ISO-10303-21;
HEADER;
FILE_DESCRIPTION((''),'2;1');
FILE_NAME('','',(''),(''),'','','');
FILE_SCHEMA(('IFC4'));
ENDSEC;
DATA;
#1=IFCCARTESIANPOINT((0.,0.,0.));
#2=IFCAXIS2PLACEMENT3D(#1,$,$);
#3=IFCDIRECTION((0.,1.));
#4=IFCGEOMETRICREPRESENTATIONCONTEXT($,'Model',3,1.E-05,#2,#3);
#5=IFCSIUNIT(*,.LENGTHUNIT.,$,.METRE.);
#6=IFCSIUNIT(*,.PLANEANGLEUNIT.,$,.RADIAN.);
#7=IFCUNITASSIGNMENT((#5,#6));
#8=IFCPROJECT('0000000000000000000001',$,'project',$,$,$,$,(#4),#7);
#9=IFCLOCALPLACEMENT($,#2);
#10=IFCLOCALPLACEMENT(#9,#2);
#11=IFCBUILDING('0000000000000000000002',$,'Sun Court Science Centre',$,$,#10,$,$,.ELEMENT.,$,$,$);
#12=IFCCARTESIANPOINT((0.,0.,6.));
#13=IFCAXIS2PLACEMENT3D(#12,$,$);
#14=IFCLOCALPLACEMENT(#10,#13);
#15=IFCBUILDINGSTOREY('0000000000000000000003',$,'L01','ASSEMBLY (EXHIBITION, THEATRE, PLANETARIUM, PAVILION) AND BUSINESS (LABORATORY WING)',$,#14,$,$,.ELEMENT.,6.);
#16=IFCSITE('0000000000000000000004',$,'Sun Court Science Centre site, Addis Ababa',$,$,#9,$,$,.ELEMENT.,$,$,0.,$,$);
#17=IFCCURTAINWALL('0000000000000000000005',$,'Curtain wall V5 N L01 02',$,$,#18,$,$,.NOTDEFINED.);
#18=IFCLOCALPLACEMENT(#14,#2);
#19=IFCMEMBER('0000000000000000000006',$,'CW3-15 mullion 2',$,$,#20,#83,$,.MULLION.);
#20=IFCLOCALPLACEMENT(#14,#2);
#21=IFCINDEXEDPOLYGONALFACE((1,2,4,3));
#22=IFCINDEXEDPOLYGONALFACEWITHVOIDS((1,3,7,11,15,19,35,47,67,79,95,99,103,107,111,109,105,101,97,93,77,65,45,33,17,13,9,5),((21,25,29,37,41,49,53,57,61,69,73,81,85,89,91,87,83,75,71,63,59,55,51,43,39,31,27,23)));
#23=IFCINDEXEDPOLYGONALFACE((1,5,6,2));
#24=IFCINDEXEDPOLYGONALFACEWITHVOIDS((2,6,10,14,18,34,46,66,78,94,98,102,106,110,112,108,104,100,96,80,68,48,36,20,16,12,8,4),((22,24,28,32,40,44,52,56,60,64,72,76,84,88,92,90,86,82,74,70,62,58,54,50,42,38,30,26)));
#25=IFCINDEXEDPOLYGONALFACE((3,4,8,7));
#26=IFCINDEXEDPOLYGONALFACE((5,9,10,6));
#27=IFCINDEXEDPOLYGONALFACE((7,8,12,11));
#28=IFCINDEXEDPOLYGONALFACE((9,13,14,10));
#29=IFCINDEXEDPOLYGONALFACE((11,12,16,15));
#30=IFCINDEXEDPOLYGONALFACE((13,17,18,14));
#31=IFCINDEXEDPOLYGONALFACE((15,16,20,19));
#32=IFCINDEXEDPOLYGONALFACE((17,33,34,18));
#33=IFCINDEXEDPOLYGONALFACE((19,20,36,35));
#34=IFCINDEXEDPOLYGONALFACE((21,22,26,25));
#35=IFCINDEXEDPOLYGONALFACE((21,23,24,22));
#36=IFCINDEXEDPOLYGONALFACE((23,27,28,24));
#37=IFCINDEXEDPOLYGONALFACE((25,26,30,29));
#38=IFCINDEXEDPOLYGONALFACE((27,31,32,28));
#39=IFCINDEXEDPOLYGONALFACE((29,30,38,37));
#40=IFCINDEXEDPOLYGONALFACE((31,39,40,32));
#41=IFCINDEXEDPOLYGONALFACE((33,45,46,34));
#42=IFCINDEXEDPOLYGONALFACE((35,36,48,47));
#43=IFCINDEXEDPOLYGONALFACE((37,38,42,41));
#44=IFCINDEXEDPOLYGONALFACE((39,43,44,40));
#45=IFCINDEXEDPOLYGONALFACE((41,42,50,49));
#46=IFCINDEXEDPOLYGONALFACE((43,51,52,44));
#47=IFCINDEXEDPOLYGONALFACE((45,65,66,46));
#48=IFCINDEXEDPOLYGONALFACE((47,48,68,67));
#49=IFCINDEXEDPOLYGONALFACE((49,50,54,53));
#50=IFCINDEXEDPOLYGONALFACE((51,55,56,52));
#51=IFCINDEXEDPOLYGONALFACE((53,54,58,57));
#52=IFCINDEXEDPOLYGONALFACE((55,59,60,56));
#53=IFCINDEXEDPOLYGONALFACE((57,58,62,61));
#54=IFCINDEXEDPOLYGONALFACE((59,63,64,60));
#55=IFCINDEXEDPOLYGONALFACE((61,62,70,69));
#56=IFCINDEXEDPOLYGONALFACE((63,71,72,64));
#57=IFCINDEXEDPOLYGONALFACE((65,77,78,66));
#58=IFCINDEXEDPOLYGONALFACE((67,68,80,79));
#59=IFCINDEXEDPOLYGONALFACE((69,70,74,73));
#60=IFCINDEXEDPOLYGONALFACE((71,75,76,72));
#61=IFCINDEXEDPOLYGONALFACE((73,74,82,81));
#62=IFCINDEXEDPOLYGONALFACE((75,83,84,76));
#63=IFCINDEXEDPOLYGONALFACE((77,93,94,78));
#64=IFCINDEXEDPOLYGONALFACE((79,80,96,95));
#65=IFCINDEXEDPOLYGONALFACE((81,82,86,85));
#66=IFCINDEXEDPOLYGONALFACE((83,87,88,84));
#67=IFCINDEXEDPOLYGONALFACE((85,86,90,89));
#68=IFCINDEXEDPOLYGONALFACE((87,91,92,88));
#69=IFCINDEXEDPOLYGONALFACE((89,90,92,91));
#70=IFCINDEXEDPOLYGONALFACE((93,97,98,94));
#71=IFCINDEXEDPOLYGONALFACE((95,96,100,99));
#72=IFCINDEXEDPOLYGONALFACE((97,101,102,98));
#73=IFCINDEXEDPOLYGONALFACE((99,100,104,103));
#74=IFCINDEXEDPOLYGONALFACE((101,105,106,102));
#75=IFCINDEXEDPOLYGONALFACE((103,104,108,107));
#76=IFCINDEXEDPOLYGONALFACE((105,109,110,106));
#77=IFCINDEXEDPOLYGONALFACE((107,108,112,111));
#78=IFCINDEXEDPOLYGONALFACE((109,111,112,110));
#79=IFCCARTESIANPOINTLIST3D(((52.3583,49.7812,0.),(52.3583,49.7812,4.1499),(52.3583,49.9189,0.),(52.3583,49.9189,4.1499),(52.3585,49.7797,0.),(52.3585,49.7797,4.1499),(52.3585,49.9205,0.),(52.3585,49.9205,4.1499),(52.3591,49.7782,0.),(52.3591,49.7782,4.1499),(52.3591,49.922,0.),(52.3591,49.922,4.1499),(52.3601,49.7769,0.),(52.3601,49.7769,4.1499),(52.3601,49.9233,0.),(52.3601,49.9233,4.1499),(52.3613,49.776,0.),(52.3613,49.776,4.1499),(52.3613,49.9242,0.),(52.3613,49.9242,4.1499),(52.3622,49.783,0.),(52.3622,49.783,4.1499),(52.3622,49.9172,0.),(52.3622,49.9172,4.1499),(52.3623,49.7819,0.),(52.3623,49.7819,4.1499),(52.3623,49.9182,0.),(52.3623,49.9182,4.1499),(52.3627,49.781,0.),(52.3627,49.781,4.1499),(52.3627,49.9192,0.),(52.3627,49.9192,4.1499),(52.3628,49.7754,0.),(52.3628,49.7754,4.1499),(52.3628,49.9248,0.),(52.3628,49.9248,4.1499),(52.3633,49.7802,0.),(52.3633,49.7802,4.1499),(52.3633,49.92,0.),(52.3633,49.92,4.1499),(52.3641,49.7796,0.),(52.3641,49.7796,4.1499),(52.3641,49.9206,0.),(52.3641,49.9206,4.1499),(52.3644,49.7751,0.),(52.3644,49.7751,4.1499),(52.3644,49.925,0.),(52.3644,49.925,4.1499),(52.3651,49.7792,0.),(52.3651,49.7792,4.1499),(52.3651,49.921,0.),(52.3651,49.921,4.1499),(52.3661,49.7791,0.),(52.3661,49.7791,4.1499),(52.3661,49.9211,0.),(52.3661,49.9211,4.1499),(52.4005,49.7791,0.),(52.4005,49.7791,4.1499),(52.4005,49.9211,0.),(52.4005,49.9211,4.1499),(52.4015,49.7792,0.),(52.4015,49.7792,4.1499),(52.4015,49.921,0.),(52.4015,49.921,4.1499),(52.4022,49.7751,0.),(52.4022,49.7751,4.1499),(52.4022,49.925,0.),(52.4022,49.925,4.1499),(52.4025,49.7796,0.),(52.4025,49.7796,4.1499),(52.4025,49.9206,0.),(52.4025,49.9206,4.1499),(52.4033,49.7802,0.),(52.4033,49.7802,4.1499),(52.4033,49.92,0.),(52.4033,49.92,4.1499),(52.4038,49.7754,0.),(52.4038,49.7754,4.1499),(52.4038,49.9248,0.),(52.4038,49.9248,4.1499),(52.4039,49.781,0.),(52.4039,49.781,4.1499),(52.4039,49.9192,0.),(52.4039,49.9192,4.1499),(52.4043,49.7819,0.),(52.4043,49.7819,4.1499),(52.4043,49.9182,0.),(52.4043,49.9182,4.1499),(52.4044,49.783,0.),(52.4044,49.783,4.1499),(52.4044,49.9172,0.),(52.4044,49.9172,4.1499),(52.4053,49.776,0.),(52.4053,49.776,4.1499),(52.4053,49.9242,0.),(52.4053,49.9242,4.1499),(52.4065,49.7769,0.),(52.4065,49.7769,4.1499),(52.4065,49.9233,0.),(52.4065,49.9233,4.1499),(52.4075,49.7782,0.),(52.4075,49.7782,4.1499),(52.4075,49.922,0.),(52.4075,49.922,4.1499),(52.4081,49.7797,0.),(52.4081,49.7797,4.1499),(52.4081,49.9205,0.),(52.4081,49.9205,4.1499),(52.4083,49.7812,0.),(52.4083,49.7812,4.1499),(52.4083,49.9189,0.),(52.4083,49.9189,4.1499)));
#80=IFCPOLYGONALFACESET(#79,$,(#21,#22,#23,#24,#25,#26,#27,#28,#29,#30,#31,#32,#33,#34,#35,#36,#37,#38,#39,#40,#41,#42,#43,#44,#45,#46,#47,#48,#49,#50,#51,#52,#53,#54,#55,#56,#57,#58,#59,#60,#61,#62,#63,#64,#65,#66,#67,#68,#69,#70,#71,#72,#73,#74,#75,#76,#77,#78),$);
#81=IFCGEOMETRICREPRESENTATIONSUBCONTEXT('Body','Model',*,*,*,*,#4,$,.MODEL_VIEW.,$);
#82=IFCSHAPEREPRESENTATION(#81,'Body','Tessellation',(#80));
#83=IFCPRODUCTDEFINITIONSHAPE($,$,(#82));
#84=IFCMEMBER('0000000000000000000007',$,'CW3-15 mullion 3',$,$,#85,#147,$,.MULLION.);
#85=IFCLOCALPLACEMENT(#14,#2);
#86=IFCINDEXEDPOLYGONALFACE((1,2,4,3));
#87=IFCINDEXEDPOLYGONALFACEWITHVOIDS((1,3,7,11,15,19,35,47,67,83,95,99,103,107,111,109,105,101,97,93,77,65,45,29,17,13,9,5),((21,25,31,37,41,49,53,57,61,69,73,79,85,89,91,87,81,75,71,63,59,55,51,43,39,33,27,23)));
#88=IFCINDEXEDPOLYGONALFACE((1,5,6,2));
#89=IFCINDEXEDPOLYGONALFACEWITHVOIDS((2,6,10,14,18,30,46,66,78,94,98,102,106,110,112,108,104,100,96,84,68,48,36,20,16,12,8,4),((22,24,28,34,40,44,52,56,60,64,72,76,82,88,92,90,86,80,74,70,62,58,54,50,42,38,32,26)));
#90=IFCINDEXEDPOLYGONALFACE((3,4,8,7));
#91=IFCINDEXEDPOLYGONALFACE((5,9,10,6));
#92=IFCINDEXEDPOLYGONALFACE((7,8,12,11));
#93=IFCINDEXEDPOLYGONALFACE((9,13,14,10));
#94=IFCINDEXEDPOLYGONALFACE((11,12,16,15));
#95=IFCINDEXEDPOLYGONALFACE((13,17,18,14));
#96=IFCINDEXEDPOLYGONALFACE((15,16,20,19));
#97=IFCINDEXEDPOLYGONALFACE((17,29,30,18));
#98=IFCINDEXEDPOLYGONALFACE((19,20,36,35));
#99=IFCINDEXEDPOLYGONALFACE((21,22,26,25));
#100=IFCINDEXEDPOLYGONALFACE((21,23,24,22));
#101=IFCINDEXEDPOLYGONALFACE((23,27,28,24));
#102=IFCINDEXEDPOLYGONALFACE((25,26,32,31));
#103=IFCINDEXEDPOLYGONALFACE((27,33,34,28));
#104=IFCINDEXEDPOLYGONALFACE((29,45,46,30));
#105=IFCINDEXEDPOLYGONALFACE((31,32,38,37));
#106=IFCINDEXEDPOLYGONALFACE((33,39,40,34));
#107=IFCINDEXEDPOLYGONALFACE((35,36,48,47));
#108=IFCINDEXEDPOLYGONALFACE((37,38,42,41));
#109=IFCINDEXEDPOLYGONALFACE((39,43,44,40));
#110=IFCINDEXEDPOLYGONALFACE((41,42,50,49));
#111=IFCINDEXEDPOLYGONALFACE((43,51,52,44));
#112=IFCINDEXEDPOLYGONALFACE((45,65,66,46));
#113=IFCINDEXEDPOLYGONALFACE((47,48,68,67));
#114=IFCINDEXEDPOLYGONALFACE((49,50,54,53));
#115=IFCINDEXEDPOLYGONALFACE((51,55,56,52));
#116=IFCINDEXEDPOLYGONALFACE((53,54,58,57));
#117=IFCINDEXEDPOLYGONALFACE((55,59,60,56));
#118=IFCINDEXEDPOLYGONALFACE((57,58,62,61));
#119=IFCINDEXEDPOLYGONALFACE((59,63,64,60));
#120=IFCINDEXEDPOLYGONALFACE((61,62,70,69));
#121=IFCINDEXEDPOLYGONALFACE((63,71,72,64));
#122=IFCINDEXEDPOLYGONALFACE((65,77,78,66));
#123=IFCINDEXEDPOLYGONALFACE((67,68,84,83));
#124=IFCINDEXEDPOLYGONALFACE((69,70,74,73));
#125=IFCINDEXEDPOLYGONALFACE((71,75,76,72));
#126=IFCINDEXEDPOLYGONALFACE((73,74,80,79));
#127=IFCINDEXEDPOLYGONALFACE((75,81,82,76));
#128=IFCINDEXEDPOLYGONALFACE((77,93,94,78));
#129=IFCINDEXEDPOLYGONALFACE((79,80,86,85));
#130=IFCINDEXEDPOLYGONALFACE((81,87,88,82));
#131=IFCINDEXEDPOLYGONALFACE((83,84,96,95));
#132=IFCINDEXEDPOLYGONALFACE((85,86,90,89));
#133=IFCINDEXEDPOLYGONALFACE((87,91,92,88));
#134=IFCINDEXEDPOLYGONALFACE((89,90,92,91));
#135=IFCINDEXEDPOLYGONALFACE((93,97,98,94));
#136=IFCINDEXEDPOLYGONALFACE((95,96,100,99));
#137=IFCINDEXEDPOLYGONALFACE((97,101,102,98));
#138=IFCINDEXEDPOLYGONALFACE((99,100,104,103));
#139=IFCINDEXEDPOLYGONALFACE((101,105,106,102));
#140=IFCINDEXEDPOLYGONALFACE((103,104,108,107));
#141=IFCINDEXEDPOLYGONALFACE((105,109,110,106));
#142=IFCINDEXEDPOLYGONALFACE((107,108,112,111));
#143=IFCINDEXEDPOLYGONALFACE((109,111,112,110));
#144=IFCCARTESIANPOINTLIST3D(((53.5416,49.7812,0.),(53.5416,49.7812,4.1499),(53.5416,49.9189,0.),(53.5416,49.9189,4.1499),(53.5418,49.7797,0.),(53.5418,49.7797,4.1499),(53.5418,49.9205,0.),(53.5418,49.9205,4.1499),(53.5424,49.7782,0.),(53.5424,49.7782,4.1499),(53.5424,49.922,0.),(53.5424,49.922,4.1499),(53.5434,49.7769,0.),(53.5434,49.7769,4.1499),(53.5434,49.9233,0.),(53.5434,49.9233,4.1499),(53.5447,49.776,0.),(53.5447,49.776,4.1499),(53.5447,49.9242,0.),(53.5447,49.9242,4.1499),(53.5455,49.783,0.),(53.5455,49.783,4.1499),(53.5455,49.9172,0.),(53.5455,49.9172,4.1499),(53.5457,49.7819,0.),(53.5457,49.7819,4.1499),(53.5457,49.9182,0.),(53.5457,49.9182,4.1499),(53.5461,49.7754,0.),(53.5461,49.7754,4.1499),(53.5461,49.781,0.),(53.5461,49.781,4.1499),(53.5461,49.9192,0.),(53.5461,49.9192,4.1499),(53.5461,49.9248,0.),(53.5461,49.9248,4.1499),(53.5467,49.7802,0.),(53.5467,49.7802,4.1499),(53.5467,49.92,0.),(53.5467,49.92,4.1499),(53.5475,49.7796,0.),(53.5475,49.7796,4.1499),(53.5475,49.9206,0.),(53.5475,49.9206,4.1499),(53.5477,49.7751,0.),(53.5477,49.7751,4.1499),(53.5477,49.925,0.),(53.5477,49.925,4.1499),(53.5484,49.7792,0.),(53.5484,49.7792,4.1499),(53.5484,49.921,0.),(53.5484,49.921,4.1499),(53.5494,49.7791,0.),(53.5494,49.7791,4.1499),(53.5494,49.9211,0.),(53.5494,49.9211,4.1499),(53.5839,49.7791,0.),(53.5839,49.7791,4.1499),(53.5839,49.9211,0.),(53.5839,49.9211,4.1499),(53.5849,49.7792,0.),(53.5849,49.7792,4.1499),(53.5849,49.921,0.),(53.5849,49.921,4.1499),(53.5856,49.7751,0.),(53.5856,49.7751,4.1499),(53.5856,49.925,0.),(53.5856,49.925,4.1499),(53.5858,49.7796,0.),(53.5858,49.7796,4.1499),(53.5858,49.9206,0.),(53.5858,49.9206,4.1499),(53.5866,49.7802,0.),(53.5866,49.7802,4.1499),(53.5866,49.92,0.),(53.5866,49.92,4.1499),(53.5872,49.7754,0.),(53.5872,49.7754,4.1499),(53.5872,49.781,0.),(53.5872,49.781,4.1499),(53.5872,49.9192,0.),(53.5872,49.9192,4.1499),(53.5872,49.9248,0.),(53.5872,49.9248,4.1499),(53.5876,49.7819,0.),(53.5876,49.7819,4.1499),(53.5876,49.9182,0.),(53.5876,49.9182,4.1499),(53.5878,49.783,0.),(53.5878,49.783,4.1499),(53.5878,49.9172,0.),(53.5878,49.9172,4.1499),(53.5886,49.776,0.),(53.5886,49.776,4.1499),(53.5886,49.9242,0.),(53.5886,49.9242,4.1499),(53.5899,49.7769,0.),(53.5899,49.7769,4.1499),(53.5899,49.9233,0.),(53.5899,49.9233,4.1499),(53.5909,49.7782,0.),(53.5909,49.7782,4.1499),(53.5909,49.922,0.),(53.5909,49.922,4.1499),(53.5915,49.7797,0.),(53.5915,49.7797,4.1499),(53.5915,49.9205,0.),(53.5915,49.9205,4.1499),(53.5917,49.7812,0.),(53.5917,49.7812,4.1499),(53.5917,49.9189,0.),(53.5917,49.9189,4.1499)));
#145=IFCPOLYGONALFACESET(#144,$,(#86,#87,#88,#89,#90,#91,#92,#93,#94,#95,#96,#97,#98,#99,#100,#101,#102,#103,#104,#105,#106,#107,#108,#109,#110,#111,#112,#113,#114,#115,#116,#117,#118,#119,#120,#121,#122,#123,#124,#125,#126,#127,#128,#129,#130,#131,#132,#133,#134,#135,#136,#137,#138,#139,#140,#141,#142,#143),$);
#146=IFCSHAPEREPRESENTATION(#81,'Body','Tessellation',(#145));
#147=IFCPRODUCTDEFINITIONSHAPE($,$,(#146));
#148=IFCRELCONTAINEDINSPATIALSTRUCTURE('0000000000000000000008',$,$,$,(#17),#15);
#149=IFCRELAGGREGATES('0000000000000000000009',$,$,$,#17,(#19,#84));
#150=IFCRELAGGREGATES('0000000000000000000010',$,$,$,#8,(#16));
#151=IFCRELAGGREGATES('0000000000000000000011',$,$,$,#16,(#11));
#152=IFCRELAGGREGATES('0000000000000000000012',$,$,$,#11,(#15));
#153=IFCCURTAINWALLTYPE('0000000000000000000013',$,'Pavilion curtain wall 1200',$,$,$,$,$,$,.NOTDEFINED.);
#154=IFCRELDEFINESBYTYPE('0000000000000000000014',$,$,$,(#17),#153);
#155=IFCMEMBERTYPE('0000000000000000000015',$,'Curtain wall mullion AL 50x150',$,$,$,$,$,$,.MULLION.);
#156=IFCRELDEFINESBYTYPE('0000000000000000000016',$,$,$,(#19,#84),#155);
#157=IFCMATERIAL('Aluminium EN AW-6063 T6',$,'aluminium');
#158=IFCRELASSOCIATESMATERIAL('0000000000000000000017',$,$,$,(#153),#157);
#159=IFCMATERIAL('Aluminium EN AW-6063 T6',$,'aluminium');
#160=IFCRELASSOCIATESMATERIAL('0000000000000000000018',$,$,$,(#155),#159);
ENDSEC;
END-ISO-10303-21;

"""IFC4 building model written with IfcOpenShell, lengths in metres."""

from ifc_helpers import new_model, si_unit, direction, frame, origin, origin_2d, place, context, subcontext, project, spatial, hollow_rectangle, extrude, material, material_profile, profile_set, type_object, element, aggregate, save


model = new_model("IFC4")

# Units and contexts
model_context = context("Model", 3, precision=1e-05, world=origin(), true_north=direction((0.0, 1.0)))
body_context = subcontext(model_context, "Body", "Model", "MODEL_VIEW")
ifc_project = project(units=[si_unit("LENGTHUNIT", "METRE"), si_unit("PLANEANGLEUNIT", "RADIAN")], contexts=[model_context])

# Site, building, storey
site_placement = place(None, origin())
site = spatial("IfcSite", under=ifc_project, at=site_placement, Name="Sun Court Science Centre site, Addis Ababa", CompositionType="ELEMENT", RefElevation=0.0)
building_placement = place(site_placement, origin())
building = spatial("IfcBuilding", under=site, at=building_placement, Name="Sun Court Science Centre", CompositionType="ELEMENT")
storey_placement = place(building_placement, frame((0.0, 0.0, 6.0)))
storey = spatial("IfcBuildingStorey", under=building, at=storey_placement, Name="L01", Description="ASSEMBLY (EXHIBITION, THEATRE, PLANETARIUM, PAVILION) AND BUSINESS (LABORATORY WING)", CompositionType="ELEMENT", Elevation=6.0)

# Curtain wall, members
ifc_material_1 = material(Name="Aluminium EN AW-6063 T6", Category="aluminium")
curtain_wall_type = type_object("IfcCurtainWallType", Name="Pavilion curtain wall 1200", PredefinedType="NOTDEFINED", material=ifc_material_1)
curtain_wall_placement = place(storey_placement, origin())
curtain_wall = element("IfcCurtainWall", 1, at=curtain_wall_placement, inside=storey, type_object=curtain_wall_type, Name="Curtain wall V5 N L01 02", PredefinedType="NOTDEFINED")
ifc_material_2 = material(Name="Aluminium EN AW-6063 T6", Category="aluminium")
ifc_material_profile_1 = material_profile(ifc_material_2, hollow_rectangle(XDim=0.05, YDim=0.1499, WallThickness=0.0039, InnerFilletRadius=0.0039, OuterFilletRadius=0.0061, at=origin_2d()), Name="AL 50x150x4")
ifc_profile_set_1 = profile_set([ifc_material_profile_1], Name="Aluminium EN AW-6063 T6")
member_type_1 = type_object("IfcMemberType", Name="Curtain wall mullion AL 50x150", PredefinedType="MULLION", material=ifc_profile_set_1)
member_1_placement = place(storey_placement, frame((52.3833, 49.8501, 0.0), z_axis=(0.0, 0.0, 1.0), x_axis=(1.0, 0.0, 0.0)))
member_1 = element("IfcMember", 2, at=member_1_placement, type_object=member_type_1, Name="CW3-15 mullion 2", PredefinedType="MULLION", context=body_context, shape_type="SweptSolid", body=[
    extrude(hollow_rectangle(XDim=0.05, YDim=0.1499, WallThickness=0.0039, InnerFilletRadius=0.0039, OuterFilletRadius=0.0061, at=origin_2d()), origin(), (0.0, 0.0, 1.0), 4.1499),
])
member_2_placement = place(storey_placement, frame((53.5667, 49.8501, 0.0), z_axis=(0.0, 0.0, 1.0), x_axis=(1.0, 0.0, 0.0)))
member_2 = element("IfcMember", 3, at=member_2_placement, type_object=member_type_1, Name="CW3-15 mullion 3", PredefinedType="MULLION", context=body_context, shape_type="SweptSolid", body=[
    extrude(hollow_rectangle(XDim=0.05, YDim=0.1499, WallThickness=0.0039, InnerFilletRadius=0.0039, OuterFilletRadius=0.0061, at=origin_2d()), origin(), (0.0, 0.0, 1.0), 4.1499),
])
aggregate(curtain_wall, [member_1, member_2])

save(model, "model.ifc")
